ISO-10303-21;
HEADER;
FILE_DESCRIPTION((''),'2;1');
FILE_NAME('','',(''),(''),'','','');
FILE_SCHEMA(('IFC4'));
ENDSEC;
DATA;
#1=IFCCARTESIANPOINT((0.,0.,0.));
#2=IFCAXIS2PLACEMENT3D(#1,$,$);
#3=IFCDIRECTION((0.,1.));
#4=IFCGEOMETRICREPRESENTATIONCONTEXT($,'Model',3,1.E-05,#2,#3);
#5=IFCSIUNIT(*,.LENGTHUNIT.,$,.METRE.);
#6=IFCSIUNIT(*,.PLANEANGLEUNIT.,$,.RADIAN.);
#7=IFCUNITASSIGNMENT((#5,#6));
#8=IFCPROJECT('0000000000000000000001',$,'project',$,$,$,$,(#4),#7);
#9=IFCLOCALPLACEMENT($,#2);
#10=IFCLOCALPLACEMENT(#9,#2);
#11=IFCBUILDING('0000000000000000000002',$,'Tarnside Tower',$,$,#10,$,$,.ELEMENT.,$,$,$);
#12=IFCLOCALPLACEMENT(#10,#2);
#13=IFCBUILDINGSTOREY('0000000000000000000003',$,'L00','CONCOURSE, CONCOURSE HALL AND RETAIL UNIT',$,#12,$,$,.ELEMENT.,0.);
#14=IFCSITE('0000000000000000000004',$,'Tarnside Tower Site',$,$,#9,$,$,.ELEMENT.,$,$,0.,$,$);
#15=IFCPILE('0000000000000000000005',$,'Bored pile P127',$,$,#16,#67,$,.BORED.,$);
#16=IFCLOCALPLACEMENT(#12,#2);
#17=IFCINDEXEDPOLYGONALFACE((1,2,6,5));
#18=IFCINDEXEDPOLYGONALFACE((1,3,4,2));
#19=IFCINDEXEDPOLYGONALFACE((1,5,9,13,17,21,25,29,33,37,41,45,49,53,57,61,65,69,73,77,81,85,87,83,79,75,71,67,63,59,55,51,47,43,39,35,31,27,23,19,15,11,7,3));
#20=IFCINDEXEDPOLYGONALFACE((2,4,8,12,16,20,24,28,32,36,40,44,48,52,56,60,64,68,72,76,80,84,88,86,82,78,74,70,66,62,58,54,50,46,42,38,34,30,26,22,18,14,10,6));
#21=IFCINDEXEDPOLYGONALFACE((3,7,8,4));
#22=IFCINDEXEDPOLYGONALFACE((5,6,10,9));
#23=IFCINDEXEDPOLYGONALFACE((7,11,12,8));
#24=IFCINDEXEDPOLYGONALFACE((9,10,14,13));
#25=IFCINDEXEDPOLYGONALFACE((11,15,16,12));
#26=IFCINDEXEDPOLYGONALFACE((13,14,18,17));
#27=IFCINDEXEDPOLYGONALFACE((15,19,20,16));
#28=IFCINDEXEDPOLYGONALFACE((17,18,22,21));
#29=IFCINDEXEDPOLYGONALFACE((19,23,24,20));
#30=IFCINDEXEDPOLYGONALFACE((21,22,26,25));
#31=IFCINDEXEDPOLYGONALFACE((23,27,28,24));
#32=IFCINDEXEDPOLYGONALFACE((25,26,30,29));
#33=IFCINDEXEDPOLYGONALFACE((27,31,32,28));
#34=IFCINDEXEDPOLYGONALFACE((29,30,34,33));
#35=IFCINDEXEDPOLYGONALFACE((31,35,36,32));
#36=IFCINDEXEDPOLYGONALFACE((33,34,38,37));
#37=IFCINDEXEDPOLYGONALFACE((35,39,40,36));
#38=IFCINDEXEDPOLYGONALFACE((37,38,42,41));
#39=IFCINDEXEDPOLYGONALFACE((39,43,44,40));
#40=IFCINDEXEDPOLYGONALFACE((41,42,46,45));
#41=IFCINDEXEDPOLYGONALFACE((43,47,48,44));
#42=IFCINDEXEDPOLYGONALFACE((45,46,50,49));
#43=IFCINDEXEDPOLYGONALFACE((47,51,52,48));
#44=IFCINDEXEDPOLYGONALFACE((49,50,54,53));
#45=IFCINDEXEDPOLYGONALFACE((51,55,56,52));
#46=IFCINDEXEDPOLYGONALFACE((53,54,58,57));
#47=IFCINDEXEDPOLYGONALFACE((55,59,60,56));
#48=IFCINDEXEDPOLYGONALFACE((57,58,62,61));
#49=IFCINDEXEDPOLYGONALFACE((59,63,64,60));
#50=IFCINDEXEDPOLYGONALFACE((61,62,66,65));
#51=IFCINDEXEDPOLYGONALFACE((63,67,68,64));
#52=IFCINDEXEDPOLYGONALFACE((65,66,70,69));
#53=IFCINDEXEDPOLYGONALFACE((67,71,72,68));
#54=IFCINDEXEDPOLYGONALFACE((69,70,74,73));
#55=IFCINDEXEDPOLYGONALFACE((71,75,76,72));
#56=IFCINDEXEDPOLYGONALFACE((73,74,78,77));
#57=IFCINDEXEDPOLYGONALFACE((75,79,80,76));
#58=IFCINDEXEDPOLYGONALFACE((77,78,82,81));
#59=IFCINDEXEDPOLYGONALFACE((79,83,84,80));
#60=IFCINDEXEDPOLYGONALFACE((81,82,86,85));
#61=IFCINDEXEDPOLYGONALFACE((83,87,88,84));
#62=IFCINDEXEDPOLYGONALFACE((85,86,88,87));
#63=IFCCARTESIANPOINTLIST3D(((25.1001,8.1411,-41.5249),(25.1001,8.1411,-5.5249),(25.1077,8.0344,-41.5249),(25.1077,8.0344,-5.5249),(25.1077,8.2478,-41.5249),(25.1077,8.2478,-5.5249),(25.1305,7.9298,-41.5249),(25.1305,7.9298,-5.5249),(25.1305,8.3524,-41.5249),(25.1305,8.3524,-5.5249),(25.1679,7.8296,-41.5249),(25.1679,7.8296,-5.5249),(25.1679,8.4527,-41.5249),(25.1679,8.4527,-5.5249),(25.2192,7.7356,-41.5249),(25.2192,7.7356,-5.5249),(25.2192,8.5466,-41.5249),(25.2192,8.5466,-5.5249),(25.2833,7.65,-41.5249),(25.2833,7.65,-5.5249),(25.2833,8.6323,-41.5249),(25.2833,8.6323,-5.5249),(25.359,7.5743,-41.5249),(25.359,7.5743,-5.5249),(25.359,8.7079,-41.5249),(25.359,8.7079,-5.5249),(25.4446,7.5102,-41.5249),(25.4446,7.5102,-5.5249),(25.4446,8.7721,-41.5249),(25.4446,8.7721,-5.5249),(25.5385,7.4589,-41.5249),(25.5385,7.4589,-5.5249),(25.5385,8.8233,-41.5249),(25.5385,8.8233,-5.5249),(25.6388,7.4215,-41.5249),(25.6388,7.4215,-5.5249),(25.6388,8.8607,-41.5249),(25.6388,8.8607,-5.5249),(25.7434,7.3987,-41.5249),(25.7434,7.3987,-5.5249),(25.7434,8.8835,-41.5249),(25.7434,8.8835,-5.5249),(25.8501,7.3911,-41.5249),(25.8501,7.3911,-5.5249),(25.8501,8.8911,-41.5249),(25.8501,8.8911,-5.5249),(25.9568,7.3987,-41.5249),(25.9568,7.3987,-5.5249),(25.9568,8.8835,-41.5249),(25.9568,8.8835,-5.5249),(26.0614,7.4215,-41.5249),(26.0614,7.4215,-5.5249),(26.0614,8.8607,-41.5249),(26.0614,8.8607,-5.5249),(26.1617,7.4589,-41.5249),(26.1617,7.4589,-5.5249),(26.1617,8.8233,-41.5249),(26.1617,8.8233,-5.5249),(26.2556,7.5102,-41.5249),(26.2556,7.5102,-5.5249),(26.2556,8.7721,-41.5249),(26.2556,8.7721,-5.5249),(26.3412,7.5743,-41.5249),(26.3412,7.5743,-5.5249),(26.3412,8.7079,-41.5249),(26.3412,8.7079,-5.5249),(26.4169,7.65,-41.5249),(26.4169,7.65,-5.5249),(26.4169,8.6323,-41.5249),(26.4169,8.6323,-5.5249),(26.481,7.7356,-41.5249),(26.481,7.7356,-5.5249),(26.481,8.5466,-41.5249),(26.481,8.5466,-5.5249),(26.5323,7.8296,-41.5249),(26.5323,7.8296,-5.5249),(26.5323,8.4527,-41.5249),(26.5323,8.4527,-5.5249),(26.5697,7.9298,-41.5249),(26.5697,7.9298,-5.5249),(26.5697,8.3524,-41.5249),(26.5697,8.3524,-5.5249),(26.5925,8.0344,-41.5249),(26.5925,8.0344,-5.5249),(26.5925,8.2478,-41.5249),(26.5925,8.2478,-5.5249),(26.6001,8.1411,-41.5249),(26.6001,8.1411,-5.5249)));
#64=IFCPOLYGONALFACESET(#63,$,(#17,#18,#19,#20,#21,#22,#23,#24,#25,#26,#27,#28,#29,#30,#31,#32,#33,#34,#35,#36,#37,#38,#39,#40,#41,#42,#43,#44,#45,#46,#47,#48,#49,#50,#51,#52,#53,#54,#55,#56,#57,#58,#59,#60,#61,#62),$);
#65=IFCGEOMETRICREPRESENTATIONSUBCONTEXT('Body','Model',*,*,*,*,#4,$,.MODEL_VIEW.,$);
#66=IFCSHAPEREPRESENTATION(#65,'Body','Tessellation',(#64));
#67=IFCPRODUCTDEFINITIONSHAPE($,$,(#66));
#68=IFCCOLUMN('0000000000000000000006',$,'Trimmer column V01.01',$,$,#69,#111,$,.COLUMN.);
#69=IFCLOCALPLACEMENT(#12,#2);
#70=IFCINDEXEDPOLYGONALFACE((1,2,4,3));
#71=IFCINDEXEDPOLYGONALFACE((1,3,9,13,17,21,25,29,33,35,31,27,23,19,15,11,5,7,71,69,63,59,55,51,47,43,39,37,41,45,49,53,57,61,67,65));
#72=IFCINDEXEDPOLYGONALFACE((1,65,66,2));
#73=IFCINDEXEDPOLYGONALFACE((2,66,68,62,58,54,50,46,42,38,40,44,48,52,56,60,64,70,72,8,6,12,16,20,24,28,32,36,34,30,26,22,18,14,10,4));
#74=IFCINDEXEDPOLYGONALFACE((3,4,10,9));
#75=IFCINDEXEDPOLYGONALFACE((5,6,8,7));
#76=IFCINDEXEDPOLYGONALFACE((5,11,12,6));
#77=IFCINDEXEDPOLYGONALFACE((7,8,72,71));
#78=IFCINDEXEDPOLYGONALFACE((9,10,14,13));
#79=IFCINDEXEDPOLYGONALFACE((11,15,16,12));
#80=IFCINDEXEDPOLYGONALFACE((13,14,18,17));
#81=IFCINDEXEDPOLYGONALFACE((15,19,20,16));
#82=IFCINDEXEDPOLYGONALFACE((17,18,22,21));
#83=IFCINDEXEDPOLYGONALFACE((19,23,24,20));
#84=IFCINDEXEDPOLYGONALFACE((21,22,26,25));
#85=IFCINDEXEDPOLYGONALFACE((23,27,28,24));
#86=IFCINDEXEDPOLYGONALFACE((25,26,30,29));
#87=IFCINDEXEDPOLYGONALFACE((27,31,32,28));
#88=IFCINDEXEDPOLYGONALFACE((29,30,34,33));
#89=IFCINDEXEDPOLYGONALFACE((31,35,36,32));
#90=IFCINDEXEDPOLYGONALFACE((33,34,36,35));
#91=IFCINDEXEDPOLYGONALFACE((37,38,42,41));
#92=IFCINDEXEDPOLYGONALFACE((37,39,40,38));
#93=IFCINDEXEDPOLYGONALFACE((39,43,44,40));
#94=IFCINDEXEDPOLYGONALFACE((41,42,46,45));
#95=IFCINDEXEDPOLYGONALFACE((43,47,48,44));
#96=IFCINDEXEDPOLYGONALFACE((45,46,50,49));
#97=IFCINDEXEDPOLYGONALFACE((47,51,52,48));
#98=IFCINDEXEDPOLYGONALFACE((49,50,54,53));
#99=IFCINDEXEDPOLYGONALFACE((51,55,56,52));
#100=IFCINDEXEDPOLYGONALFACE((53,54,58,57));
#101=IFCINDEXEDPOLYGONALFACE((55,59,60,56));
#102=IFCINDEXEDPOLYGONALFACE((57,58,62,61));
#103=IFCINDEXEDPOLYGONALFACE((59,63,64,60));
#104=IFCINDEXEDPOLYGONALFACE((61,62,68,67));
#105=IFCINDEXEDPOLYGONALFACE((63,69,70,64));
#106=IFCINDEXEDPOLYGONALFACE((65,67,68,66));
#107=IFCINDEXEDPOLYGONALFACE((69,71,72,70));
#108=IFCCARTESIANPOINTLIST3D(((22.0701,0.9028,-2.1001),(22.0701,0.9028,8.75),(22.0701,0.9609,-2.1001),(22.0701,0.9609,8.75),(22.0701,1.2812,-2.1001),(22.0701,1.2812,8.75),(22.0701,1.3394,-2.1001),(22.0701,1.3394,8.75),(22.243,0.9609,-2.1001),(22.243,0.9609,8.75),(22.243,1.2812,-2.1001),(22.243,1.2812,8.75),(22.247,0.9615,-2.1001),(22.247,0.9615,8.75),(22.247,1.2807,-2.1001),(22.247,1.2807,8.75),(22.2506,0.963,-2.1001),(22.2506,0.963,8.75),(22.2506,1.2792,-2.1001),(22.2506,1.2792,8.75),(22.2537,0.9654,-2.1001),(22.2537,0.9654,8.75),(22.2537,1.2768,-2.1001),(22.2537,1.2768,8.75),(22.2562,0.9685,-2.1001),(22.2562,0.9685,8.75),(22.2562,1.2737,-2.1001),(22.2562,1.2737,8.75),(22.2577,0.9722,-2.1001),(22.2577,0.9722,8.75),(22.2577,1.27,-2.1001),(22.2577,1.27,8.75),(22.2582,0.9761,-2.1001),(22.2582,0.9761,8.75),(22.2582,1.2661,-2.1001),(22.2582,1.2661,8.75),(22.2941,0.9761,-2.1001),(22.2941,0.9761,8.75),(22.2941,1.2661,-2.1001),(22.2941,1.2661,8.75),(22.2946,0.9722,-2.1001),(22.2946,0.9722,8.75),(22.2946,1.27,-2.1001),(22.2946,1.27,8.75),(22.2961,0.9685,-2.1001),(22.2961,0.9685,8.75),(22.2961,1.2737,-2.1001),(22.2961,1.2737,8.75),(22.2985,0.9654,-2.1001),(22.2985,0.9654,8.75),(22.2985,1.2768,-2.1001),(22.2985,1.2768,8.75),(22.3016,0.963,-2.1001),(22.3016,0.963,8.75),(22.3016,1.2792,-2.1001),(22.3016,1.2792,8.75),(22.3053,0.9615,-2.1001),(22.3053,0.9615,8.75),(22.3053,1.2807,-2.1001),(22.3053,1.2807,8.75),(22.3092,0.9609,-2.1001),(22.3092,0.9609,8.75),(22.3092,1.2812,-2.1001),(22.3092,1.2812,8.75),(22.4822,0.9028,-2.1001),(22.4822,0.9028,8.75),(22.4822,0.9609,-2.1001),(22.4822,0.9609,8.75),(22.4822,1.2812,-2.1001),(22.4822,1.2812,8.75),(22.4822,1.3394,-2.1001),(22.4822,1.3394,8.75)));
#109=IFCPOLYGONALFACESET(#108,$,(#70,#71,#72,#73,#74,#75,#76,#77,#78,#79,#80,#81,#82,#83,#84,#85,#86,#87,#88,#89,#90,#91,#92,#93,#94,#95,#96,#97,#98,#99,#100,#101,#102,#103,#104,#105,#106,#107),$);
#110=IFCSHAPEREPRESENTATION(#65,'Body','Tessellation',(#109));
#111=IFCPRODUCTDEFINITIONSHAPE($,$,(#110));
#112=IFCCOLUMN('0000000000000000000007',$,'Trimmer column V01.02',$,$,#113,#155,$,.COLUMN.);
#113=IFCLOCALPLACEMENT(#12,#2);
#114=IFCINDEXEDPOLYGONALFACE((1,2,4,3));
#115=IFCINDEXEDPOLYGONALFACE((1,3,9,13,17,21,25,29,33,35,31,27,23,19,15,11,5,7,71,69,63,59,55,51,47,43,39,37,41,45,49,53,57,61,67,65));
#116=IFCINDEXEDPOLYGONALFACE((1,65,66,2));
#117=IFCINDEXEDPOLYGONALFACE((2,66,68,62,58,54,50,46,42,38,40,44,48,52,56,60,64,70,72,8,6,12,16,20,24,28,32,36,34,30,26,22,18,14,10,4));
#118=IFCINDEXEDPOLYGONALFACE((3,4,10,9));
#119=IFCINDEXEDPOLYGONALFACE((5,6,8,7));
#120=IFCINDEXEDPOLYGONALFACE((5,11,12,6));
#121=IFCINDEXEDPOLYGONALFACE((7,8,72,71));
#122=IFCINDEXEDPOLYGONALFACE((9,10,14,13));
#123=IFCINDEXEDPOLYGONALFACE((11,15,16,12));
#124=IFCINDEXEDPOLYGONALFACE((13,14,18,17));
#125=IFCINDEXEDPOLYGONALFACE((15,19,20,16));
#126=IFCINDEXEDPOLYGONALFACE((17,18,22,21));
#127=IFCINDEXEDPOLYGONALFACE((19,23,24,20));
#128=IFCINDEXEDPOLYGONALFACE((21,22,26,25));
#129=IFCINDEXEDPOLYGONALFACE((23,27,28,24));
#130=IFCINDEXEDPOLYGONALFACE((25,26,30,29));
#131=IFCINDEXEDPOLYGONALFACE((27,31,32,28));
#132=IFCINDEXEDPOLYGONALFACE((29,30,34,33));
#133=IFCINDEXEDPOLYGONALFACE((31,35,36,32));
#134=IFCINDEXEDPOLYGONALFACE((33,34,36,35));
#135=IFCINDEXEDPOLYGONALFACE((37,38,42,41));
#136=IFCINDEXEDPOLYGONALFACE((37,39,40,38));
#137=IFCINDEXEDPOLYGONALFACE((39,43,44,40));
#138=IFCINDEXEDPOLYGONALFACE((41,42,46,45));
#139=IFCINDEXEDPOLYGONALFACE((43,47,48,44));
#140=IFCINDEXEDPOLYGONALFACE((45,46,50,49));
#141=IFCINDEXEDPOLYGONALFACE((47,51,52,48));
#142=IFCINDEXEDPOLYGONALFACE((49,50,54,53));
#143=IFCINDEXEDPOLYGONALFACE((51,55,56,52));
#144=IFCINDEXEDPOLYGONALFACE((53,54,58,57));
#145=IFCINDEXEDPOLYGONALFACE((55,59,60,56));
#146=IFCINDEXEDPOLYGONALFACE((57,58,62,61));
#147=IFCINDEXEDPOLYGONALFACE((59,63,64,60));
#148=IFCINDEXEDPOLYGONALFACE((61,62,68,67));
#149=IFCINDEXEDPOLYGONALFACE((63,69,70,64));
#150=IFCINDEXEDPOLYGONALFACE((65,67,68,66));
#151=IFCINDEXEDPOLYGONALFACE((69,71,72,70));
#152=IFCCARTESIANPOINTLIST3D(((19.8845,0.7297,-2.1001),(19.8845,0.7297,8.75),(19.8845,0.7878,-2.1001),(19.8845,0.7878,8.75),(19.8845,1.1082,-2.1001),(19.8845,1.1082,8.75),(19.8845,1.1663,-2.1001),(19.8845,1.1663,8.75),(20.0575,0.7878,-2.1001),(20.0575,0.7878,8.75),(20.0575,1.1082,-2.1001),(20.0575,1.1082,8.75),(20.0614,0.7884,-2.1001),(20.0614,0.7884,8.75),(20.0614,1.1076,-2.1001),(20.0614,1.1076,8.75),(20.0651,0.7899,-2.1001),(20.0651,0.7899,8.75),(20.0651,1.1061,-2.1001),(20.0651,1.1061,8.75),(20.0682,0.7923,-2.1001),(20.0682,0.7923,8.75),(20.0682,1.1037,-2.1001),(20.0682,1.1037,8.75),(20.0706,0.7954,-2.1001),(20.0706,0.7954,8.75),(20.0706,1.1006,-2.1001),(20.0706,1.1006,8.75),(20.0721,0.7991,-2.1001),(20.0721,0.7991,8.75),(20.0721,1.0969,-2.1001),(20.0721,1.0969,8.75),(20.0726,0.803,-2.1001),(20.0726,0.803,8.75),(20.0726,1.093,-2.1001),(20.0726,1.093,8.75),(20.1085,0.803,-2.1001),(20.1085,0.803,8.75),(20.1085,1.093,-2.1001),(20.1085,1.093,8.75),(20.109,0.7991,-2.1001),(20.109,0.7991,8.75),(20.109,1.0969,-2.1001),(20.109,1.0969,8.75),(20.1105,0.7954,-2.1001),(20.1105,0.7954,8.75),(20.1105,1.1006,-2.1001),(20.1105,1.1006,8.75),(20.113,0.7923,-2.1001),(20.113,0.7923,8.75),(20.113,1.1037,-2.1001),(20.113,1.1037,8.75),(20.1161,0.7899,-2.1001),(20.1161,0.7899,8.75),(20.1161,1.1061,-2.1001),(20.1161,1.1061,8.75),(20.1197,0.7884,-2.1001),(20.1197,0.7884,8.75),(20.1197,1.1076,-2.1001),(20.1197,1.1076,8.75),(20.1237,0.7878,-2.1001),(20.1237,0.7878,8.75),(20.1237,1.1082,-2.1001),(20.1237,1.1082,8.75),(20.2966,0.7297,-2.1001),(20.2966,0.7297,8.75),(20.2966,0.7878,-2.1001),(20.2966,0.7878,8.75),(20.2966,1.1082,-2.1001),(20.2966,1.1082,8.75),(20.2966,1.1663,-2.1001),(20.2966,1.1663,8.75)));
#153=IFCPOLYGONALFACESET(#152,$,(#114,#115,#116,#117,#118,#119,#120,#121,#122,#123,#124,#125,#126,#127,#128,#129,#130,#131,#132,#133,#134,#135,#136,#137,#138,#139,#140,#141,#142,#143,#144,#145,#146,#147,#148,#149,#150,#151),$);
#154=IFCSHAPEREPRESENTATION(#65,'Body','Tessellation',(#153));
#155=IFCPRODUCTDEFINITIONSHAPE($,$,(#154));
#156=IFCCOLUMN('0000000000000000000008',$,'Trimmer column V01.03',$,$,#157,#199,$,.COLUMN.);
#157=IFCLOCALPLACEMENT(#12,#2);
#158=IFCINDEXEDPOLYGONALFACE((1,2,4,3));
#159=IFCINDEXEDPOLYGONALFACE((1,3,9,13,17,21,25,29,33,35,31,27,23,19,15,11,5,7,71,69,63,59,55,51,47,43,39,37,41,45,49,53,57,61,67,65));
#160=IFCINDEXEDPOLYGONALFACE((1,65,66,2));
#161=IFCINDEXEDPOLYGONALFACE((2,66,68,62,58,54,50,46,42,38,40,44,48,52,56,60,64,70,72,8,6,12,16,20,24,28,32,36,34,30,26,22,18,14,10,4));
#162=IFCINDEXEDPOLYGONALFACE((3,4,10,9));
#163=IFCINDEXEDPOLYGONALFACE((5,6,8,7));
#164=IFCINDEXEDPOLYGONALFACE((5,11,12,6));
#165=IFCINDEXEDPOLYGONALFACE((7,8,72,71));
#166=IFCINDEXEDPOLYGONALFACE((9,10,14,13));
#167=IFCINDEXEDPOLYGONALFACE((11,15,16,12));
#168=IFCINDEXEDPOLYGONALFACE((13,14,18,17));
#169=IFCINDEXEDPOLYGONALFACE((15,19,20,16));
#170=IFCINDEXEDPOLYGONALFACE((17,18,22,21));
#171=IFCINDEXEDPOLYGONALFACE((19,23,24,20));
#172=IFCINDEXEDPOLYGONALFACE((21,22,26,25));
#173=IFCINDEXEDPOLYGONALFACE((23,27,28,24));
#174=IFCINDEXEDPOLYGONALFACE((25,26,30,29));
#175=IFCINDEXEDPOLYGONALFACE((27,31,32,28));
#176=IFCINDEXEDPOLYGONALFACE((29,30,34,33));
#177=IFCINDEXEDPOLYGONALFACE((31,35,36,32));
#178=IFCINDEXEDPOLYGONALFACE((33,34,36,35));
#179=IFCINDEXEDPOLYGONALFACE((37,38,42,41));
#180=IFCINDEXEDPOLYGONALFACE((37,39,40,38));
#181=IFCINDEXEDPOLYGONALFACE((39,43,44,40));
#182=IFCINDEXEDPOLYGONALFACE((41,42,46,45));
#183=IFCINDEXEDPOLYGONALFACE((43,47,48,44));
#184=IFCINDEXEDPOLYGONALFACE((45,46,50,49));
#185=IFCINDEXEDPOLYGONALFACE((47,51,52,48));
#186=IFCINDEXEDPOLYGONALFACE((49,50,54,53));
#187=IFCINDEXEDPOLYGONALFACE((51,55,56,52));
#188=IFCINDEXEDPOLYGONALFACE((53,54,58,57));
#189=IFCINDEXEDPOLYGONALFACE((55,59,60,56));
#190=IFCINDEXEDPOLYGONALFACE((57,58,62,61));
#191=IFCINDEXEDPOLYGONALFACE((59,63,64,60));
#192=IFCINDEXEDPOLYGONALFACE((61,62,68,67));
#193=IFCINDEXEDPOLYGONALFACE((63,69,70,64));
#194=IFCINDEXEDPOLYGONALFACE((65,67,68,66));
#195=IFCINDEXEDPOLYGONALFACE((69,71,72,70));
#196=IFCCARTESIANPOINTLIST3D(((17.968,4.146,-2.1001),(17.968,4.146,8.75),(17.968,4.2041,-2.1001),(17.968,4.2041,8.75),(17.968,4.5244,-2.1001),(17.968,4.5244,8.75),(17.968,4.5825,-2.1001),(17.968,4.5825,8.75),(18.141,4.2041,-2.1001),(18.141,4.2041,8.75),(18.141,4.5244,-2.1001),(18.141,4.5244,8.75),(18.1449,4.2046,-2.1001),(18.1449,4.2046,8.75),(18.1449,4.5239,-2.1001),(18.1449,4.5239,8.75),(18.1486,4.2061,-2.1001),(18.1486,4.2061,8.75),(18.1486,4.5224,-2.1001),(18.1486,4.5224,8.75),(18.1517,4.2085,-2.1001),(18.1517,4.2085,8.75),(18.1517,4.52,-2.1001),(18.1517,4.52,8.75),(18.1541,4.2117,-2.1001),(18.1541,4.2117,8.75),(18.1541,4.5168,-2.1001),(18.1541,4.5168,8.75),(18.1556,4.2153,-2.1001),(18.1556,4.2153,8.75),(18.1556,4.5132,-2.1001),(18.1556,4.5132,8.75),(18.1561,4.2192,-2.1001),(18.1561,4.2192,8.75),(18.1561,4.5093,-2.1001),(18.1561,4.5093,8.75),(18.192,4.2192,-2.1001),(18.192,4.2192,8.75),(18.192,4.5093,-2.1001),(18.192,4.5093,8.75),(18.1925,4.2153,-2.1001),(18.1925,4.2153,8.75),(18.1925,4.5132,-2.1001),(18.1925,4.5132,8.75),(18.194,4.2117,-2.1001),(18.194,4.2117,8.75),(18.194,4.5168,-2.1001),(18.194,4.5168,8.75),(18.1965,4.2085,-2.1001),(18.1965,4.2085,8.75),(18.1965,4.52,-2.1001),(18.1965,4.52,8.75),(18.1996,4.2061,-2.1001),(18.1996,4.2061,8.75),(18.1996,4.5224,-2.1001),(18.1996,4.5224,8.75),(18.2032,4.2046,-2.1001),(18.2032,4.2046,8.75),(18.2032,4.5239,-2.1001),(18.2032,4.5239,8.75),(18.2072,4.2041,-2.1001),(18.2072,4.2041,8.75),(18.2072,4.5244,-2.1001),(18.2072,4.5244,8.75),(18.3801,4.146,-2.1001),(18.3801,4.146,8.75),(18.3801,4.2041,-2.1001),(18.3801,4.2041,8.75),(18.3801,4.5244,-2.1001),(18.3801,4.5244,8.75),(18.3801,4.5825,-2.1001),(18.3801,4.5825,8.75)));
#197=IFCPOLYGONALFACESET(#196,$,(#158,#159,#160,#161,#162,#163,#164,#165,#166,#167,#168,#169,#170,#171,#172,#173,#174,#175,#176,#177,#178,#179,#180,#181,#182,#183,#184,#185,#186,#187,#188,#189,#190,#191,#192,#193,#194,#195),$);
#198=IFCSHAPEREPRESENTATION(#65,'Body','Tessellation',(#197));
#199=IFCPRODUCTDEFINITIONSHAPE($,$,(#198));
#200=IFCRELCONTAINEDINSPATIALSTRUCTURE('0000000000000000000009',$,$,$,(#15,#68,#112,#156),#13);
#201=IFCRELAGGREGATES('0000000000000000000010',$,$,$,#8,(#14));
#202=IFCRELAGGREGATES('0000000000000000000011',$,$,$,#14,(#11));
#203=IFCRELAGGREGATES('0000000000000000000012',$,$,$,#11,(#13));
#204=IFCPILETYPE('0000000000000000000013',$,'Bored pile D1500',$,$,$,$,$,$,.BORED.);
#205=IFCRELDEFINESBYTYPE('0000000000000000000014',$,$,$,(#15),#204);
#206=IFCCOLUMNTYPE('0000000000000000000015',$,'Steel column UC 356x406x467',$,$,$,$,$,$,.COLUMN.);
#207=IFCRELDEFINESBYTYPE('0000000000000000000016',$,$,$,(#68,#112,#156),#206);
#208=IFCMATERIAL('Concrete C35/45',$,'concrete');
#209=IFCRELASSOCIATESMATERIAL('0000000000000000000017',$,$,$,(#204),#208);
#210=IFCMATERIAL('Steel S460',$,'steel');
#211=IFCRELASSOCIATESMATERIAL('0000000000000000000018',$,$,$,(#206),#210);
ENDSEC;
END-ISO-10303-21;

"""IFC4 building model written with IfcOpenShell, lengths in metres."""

from ifc_helpers import new_model, si_unit, direction, frame, origin, origin_2d, place, context, subcontext, project, spatial, circle, i_section, extrude, material, material_profile, profile_set, type_object, element, save


model = new_model("IFC4")

# Units and contexts
model_context = context("Model", 3, precision=1e-05, world=origin(), true_north=direction((0.0, 1.0)))
body_context = subcontext(model_context, "Body", "Model", "MODEL_VIEW")
ifc_project = project(units=[si_unit("LENGTHUNIT", "METRE"), si_unit("PLANEANGLEUNIT", "RADIAN")], contexts=[model_context])

# Site, building, storey
site_placement = place(None, origin())
site = spatial("IfcSite", under=ifc_project, at=site_placement, Name="Tarnside Tower Site", CompositionType="ELEMENT", RefElevation=0.0)
building_placement = place(site_placement, origin())
building = spatial("IfcBuilding", under=site, at=building_placement, Name="Tarnside Tower", CompositionType="ELEMENT")
storey_placement = place(building_placement, origin())
storey = spatial("IfcBuildingStorey", under=building, at=storey_placement, Name="L00", Description="CONCOURSE, CONCOURSE HALL AND RETAIL UNIT", CompositionType="ELEMENT", Elevation=0.0)

# Pile
ifc_material_1 = material(Name="Concrete C35/45", Category="concrete")
ifc_material_profile_1 = material_profile(ifc_material_1, circle(Radius=0.75, at=origin_2d()), Name="Bored pile D1500")
ifc_profile_set_1 = profile_set([ifc_material_profile_1], Name="Concrete C35/45")
pile_type = type_object("IfcPileType", Name="Bored pile D1500", PredefinedType="BORED", material=ifc_profile_set_1)
for number, where, z_axis, x_axis, name in (
    (1, (25.8501, 8.1411, -5.5249), (0.0, 0.0, -1.0), (1.0, 0.0, 0.0), "Bored pile P127"),
):
    element("IfcPile", number, at=place(storey_placement, frame(where, z_axis=z_axis, x_axis=x_axis)), inside=storey, type_object=pile_type, Name=name, PredefinedType="BORED", context=body_context, shape_type="SweptSolid", body=[
        extrude(circle(Radius=0.75, at=origin_2d()), origin(), (0.0, 0.0, 1.0), 36.0),
    ])

# Columns
ifc_material_2 = material(Name="Steel S460", Category="steel")
ifc_material_profile_2 = material_profile(ifc_material_2, i_section(OverallWidth=0.4121, OverallDepth=0.4365, WebThickness=0.0359, FlangeThickness=0.0581, FilletRadius=0.0151, at=origin_2d()), Name="UC 356x406x467")
ifc_profile_set_2 = profile_set([ifc_material_profile_2], Name="Steel S460")
column_type = type_object("IfcColumnType", Name="Steel column UC 356x406x467", PredefinedType="COLUMN", material=ifc_profile_set_2)
for number, where, z_axis, x_axis, name in (
    (2, (22.2761, 1.1211, -2.1001), (0.0, 0.0, 1.0), (1.0, 0.0, 0.0), "Trimmer column V01.01"),
    (3, (20.0906, 0.948, -2.1001), (0.0, 0.0, 1.0), (1.0, 0.0, 0.0), "Trimmer column V01.02"),
    (4, (18.1741, 4.3643, -2.1001), (0.0, 0.0, 1.0), (1.0, 0.0, 0.0), "Trimmer column V01.03"),
):
    element("IfcColumn", number, at=place(storey_placement, frame(where, z_axis=z_axis, x_axis=x_axis)), inside=storey, type_object=column_type, Name=name, PredefinedType="COLUMN", context=body_context, shape_type="SweptSolid", body=[
        extrude(i_section(OverallWidth=0.4121, OverallDepth=0.4365, WebThickness=0.0359, FlangeThickness=0.0581, FilletRadius=0.0151, at=origin_2d()), origin(), (0.0, 0.0, 1.0), 10.8501),
    ])

save(model, "model.ifc")
